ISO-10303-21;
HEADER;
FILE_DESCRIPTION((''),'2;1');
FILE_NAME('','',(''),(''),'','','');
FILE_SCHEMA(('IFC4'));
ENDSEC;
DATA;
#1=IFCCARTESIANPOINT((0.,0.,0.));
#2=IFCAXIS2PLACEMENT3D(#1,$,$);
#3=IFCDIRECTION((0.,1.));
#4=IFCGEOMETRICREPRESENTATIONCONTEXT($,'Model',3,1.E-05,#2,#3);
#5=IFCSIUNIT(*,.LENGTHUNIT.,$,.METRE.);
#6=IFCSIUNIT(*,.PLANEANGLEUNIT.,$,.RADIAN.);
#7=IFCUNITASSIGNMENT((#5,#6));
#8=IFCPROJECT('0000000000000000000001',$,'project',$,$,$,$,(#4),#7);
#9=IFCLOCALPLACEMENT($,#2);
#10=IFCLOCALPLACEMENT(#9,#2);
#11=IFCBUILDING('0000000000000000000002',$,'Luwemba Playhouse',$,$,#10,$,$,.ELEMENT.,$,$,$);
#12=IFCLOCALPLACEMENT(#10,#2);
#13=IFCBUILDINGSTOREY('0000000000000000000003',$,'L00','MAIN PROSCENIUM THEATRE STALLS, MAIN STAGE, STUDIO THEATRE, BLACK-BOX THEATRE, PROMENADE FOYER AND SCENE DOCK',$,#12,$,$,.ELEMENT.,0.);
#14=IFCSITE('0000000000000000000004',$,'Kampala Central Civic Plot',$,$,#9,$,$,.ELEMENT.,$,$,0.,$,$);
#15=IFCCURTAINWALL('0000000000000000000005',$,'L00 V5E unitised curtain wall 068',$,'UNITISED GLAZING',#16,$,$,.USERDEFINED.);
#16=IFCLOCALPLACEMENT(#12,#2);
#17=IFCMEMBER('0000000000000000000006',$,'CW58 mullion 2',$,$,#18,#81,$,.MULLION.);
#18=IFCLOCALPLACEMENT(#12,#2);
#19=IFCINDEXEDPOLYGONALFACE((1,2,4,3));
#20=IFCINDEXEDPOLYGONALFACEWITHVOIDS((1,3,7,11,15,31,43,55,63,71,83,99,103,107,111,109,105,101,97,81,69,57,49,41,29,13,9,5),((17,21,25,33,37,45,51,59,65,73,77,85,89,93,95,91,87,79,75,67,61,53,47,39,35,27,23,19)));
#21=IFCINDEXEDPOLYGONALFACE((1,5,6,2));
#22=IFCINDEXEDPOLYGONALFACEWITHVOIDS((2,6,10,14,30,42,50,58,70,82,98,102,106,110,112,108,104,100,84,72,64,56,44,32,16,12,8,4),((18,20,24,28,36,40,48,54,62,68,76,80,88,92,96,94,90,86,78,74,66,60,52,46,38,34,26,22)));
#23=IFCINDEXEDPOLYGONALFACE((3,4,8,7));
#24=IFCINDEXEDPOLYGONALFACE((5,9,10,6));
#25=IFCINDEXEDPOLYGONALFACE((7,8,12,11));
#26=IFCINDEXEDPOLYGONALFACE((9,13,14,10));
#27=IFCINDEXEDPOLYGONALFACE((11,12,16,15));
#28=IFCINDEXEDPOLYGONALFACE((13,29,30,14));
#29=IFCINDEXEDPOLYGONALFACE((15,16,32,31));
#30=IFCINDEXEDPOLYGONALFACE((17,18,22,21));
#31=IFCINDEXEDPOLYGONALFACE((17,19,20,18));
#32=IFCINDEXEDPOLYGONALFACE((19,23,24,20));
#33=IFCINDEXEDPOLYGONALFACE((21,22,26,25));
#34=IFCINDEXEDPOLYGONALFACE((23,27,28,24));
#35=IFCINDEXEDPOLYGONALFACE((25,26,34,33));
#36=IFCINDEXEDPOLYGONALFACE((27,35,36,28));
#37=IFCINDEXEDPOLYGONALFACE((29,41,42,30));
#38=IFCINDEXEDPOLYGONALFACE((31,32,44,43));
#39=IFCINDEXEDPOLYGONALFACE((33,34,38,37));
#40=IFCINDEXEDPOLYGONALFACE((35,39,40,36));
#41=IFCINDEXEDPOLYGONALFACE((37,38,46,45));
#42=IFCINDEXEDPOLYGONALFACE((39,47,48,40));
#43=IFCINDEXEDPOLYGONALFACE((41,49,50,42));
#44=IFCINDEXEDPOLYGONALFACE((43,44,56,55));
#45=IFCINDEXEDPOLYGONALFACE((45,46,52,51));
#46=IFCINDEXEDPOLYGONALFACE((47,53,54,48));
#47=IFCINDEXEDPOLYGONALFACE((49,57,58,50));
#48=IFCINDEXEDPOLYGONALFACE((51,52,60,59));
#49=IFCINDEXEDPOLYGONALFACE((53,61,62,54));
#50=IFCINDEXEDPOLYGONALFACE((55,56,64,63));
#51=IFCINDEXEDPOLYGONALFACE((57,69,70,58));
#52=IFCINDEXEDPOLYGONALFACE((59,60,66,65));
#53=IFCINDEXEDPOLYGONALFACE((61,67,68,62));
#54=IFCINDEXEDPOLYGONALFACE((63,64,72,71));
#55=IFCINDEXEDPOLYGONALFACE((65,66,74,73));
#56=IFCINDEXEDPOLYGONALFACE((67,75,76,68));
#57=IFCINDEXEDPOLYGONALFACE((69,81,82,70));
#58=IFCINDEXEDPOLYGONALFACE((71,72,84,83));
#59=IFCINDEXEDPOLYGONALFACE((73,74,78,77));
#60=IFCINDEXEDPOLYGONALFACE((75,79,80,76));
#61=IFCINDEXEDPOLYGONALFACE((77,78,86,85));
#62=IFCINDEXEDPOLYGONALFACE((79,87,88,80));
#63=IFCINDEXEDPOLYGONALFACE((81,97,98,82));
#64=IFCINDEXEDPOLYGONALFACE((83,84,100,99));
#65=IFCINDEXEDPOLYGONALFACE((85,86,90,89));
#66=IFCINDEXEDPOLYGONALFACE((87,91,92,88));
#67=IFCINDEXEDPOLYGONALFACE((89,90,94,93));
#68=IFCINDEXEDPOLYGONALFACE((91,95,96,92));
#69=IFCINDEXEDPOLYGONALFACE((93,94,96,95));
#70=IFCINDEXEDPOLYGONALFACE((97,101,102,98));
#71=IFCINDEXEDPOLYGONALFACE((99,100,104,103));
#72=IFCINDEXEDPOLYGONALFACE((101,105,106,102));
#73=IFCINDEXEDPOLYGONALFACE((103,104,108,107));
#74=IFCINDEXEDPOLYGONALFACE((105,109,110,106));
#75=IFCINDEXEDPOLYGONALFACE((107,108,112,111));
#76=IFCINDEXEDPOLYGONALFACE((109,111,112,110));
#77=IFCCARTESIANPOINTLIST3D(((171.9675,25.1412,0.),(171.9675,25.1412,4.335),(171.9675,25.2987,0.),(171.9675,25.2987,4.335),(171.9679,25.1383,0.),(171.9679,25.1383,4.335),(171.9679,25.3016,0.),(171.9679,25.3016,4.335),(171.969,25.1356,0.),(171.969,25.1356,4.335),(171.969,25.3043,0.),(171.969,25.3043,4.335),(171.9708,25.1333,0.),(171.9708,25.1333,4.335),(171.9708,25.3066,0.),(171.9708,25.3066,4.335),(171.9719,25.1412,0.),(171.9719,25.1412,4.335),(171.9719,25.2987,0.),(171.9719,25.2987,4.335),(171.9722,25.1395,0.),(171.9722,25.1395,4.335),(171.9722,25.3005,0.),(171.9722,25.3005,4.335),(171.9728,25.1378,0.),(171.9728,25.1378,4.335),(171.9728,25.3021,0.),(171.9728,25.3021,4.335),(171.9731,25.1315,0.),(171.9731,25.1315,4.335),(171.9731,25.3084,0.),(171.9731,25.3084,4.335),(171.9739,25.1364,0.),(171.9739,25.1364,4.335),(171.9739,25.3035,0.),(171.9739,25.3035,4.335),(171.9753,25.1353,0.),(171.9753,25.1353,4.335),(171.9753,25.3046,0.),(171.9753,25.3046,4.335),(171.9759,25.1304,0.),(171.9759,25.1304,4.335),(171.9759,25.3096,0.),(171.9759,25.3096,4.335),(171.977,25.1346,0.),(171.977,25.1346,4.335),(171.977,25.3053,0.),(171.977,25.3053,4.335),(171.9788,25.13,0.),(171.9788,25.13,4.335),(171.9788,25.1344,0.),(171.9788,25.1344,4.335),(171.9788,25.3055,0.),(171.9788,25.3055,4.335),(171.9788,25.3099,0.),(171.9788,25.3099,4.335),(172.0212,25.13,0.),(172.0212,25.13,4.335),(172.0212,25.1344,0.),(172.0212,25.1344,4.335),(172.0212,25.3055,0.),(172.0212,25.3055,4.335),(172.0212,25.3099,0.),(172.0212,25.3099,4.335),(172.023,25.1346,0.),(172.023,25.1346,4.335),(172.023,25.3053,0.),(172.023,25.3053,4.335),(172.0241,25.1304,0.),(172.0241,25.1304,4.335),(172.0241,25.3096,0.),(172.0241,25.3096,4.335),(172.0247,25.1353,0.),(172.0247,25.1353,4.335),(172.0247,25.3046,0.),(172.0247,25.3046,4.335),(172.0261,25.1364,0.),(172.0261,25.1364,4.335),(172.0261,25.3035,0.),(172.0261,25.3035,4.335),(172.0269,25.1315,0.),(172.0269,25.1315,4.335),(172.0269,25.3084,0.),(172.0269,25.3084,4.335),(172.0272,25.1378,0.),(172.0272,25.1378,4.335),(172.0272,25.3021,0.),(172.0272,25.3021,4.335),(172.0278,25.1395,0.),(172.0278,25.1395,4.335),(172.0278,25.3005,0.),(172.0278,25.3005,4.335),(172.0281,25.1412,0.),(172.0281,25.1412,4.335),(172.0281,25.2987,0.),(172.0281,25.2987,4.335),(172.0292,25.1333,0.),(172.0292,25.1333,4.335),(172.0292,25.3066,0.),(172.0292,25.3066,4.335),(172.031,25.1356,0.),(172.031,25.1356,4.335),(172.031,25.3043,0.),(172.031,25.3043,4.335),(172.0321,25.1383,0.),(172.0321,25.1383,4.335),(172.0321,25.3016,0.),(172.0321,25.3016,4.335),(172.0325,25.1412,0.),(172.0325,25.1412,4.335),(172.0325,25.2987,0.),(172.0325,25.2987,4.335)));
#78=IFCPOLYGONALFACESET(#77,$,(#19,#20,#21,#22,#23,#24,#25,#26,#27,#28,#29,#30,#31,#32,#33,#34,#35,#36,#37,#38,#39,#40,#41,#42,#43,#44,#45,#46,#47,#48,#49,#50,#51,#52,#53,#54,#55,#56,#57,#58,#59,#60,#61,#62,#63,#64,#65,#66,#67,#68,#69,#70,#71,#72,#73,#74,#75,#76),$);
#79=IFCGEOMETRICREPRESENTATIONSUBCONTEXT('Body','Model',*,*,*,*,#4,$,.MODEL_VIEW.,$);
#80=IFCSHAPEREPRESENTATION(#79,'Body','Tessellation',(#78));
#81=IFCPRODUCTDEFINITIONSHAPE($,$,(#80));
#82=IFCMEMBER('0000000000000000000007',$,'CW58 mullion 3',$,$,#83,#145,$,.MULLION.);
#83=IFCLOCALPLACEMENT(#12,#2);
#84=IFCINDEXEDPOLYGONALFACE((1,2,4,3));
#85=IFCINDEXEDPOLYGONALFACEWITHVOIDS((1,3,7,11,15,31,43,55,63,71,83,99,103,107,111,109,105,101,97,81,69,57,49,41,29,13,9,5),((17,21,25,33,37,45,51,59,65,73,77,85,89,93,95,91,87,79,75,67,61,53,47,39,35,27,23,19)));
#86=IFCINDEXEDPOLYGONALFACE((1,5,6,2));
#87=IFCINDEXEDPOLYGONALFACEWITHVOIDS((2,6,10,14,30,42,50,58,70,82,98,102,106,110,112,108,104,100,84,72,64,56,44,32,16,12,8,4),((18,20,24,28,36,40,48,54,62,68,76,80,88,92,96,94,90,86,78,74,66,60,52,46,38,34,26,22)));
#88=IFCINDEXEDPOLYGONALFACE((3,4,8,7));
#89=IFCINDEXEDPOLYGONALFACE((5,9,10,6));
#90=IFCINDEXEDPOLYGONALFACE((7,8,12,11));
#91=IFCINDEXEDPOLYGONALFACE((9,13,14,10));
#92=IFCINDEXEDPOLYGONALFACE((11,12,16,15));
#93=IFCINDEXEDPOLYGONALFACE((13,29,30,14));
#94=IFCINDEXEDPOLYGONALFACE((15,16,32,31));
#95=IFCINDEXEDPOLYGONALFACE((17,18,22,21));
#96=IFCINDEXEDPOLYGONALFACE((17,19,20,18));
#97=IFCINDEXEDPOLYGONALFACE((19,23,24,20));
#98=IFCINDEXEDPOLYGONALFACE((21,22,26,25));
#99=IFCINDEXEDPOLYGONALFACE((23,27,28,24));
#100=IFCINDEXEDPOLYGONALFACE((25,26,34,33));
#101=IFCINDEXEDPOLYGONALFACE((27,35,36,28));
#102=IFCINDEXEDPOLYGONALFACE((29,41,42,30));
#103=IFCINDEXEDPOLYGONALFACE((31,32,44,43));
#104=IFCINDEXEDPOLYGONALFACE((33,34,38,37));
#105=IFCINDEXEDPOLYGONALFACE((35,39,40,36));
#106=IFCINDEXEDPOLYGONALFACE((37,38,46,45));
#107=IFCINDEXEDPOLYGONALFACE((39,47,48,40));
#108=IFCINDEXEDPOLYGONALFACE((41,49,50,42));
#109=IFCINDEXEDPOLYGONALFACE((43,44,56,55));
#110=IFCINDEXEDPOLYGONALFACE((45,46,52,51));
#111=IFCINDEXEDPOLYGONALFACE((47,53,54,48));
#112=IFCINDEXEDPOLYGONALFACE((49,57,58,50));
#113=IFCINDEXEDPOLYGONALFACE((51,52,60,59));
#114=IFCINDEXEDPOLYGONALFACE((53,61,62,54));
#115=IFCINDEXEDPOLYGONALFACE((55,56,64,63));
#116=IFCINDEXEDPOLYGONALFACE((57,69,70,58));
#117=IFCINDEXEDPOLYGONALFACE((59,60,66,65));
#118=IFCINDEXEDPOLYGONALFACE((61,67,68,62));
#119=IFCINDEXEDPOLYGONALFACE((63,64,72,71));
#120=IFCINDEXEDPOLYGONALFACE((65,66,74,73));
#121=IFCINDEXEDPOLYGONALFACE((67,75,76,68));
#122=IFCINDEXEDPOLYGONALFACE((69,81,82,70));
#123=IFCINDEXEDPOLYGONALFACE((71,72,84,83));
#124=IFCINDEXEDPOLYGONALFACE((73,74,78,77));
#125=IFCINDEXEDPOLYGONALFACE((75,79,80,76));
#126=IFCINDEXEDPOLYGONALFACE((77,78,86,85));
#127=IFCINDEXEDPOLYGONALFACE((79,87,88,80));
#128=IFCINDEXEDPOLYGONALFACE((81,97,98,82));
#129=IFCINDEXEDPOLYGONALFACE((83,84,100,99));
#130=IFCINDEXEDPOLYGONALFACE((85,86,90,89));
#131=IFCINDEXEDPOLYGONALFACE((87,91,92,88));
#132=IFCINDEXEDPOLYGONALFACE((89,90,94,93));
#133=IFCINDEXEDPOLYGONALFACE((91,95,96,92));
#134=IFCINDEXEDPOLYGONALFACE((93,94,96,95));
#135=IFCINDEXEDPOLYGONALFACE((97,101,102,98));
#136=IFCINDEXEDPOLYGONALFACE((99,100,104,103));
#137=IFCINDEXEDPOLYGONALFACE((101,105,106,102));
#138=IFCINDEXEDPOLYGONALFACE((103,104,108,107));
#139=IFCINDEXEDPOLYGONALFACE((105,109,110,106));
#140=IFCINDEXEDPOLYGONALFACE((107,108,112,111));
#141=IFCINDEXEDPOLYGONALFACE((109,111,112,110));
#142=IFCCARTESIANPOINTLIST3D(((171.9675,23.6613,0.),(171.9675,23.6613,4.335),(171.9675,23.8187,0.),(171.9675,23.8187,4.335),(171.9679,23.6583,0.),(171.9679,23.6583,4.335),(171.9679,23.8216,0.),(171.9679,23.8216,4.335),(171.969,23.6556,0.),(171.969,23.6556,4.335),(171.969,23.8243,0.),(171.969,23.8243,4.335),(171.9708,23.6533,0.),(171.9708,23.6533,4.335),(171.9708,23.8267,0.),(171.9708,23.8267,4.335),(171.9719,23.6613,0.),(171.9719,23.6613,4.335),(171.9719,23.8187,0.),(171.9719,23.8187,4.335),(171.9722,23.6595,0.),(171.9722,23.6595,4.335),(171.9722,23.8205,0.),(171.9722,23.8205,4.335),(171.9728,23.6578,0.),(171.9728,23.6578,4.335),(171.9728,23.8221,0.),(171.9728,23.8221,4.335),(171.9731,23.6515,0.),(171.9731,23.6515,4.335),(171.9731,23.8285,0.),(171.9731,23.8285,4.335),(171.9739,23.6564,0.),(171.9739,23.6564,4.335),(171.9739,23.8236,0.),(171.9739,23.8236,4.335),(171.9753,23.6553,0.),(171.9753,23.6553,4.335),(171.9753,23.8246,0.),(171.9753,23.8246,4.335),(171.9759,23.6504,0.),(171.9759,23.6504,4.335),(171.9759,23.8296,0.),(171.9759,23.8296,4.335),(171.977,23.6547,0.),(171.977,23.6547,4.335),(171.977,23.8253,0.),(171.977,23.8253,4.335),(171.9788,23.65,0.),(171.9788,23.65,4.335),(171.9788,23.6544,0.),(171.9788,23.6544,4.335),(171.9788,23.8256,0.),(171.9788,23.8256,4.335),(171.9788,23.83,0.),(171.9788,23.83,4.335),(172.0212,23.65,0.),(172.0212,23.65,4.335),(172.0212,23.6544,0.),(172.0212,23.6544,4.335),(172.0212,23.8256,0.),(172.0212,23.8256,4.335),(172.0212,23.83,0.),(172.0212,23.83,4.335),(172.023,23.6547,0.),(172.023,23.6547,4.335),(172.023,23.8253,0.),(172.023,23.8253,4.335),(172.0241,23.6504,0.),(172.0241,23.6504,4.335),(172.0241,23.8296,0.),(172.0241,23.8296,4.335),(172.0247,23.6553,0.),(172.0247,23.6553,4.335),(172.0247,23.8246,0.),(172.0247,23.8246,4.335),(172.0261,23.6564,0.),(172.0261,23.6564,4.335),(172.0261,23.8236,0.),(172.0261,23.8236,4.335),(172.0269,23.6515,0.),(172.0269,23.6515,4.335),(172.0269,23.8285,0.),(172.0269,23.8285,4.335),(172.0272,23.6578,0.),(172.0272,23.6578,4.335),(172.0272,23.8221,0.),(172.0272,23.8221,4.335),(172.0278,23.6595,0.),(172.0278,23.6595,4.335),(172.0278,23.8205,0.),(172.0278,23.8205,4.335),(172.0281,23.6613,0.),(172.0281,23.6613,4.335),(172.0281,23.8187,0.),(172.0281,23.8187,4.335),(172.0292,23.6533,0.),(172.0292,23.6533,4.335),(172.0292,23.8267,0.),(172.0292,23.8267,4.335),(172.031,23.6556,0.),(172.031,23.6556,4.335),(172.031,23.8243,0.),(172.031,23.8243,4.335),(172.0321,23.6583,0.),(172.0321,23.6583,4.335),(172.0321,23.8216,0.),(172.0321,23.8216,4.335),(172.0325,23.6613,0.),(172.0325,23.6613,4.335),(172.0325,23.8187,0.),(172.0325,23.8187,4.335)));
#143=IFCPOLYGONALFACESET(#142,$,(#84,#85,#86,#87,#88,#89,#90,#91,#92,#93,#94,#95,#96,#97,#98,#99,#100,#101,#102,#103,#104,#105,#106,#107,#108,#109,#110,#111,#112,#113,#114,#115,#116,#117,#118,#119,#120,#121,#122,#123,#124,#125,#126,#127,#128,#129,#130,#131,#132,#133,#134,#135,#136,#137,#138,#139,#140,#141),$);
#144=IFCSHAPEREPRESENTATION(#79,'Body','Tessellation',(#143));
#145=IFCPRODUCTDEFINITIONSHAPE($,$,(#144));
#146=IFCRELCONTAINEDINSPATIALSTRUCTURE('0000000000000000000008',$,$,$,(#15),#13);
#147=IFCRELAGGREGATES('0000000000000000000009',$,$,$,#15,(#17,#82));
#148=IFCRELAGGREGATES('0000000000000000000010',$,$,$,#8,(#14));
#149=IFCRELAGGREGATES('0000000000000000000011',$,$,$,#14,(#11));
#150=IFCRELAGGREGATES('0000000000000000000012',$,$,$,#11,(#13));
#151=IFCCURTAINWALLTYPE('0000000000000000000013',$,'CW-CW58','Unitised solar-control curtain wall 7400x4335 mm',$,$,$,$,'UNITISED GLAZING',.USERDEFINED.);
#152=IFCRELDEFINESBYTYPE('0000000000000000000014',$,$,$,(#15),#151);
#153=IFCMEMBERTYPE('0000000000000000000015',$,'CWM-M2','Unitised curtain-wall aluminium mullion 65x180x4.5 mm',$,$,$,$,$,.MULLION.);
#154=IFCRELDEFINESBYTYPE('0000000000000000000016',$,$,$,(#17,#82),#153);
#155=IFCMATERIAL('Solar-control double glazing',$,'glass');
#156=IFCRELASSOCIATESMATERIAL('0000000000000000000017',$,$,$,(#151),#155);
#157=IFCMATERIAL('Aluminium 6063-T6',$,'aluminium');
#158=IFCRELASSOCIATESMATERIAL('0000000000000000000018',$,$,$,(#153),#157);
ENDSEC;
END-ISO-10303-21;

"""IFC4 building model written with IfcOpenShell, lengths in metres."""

from ifc_helpers import new_model, si_unit, direction, frame, origin, origin_2d, place, context, subcontext, project, spatial, hollow_rectangle, extrude, material, material_profile, profile_set, type_object, element, aggregate, save


model = new_model("IFC4")

# Units and contexts
model_context = context("Model", 3, precision=1e-05, world=origin(), true_north=direction((0.0, 1.0)))
body_context = subcontext(model_context, "Body", "Model", "MODEL_VIEW")
ifc_project = project(units=[si_unit("LENGTHUNIT", "METRE"), si_unit("PLANEANGLEUNIT", "RADIAN")], contexts=[model_context])

# Site, building, storey
site_placement = place(None, origin())
site = spatial("IfcSite", under=ifc_project, at=site_placement, Name="Kampala Central Civic Plot", CompositionType="ELEMENT", RefElevation=0.0)
building_placement = place(site_placement, origin())
building = spatial("IfcBuilding", under=site, at=building_placement, Name="Luwemba Playhouse", CompositionType="ELEMENT")
storey_placement = place(building_placement, origin())
storey = spatial("IfcBuildingStorey", under=building, at=storey_placement, Name="L00", Description="MAIN PROSCENIUM THEATRE STALLS, MAIN STAGE, STUDIO THEATRE, BLACK-BOX THEATRE, PROMENADE FOYER AND SCENE DOCK", CompositionType="ELEMENT", Elevation=0.0)

# Shared definitions
ifc_material_1 = material(Name="Solar-control double glazing", Category="glass")
ifc_material_2 = material(Name="Aluminium 6063-T6", Category="aluminium")

# Curtain wall, members
curtain_wall_type_1 = type_object("IfcCurtainWallType", Name="CW-CW58", Description="Unitised solar-control curtain wall 7400x4335 mm", ElementType="UNITISED GLAZING", PredefinedType="USERDEFINED", material=ifc_material_1)
curtain_wall_1_placement = place(storey_placement, origin())
curtain_wall_1 = element("IfcCurtainWall", 1, at=curtain_wall_1_placement, inside=storey, type_object=curtain_wall_type_1, Name="L00 V5E unitised curtain wall 068", ObjectType="UNITISED GLAZING", PredefinedType="USERDEFINED")
ifc_material_profile_1 = material_profile(ifc_material_2, hollow_rectangle(XDim=0.0649, YDim=0.1799, WallThickness=0.0044, InnerFilletRadius=0.0068, OuterFilletRadius=0.0112, at=origin_2d()))
ifc_profile_set_1 = profile_set([ifc_material_profile_1], Name="Aluminium 6063-T6")
member_type_1 = type_object("IfcMemberType", Name="CWM-M2", Description="Unitised curtain-wall aluminium mullion 65x180x4.5 mm", PredefinedType="MULLION", material=ifc_profile_set_1)
member_1_placement = place(storey_placement, frame((172.0, 25.22, 0.0), z_axis=(0.0, 0.0, 1.0), x_axis=(1.0, 0.0, 0.0)))
member_1 = element("IfcMember", 2, at=member_1_placement, type_object=member_type_1, Name="CW58 mullion 2", PredefinedType="MULLION", context=body_context, shape_type="SweptSolid", body=[
    extrude(hollow_rectangle(XDim=0.0649, YDim=0.1799, WallThickness=0.0044, InnerFilletRadius=0.0068, OuterFilletRadius=0.0112, at=origin_2d()), origin(), (0.0, 0.0, 1.0), 4.335),
])
member_2_placement = place(storey_placement, frame((172.0, 23.74, 0.0), z_axis=(0.0, 0.0, 1.0), x_axis=(1.0, 0.0, 0.0)))
member_2 = element("IfcMember", 3, at=member_2_placement, type_object=member_type_1, Name="CW58 mullion 3", PredefinedType="MULLION", context=body_context, shape_type="SweptSolid", body=[
    extrude(hollow_rectangle(XDim=0.0649, YDim=0.1799, WallThickness=0.0044, InnerFilletRadius=0.0068, OuterFilletRadius=0.0112, at=origin_2d()), origin(), (0.0, 0.0, 1.0), 4.335),
])

aggregate(curtain_wall_1, [member_1, member_2])

save(model, "model.ifc")
